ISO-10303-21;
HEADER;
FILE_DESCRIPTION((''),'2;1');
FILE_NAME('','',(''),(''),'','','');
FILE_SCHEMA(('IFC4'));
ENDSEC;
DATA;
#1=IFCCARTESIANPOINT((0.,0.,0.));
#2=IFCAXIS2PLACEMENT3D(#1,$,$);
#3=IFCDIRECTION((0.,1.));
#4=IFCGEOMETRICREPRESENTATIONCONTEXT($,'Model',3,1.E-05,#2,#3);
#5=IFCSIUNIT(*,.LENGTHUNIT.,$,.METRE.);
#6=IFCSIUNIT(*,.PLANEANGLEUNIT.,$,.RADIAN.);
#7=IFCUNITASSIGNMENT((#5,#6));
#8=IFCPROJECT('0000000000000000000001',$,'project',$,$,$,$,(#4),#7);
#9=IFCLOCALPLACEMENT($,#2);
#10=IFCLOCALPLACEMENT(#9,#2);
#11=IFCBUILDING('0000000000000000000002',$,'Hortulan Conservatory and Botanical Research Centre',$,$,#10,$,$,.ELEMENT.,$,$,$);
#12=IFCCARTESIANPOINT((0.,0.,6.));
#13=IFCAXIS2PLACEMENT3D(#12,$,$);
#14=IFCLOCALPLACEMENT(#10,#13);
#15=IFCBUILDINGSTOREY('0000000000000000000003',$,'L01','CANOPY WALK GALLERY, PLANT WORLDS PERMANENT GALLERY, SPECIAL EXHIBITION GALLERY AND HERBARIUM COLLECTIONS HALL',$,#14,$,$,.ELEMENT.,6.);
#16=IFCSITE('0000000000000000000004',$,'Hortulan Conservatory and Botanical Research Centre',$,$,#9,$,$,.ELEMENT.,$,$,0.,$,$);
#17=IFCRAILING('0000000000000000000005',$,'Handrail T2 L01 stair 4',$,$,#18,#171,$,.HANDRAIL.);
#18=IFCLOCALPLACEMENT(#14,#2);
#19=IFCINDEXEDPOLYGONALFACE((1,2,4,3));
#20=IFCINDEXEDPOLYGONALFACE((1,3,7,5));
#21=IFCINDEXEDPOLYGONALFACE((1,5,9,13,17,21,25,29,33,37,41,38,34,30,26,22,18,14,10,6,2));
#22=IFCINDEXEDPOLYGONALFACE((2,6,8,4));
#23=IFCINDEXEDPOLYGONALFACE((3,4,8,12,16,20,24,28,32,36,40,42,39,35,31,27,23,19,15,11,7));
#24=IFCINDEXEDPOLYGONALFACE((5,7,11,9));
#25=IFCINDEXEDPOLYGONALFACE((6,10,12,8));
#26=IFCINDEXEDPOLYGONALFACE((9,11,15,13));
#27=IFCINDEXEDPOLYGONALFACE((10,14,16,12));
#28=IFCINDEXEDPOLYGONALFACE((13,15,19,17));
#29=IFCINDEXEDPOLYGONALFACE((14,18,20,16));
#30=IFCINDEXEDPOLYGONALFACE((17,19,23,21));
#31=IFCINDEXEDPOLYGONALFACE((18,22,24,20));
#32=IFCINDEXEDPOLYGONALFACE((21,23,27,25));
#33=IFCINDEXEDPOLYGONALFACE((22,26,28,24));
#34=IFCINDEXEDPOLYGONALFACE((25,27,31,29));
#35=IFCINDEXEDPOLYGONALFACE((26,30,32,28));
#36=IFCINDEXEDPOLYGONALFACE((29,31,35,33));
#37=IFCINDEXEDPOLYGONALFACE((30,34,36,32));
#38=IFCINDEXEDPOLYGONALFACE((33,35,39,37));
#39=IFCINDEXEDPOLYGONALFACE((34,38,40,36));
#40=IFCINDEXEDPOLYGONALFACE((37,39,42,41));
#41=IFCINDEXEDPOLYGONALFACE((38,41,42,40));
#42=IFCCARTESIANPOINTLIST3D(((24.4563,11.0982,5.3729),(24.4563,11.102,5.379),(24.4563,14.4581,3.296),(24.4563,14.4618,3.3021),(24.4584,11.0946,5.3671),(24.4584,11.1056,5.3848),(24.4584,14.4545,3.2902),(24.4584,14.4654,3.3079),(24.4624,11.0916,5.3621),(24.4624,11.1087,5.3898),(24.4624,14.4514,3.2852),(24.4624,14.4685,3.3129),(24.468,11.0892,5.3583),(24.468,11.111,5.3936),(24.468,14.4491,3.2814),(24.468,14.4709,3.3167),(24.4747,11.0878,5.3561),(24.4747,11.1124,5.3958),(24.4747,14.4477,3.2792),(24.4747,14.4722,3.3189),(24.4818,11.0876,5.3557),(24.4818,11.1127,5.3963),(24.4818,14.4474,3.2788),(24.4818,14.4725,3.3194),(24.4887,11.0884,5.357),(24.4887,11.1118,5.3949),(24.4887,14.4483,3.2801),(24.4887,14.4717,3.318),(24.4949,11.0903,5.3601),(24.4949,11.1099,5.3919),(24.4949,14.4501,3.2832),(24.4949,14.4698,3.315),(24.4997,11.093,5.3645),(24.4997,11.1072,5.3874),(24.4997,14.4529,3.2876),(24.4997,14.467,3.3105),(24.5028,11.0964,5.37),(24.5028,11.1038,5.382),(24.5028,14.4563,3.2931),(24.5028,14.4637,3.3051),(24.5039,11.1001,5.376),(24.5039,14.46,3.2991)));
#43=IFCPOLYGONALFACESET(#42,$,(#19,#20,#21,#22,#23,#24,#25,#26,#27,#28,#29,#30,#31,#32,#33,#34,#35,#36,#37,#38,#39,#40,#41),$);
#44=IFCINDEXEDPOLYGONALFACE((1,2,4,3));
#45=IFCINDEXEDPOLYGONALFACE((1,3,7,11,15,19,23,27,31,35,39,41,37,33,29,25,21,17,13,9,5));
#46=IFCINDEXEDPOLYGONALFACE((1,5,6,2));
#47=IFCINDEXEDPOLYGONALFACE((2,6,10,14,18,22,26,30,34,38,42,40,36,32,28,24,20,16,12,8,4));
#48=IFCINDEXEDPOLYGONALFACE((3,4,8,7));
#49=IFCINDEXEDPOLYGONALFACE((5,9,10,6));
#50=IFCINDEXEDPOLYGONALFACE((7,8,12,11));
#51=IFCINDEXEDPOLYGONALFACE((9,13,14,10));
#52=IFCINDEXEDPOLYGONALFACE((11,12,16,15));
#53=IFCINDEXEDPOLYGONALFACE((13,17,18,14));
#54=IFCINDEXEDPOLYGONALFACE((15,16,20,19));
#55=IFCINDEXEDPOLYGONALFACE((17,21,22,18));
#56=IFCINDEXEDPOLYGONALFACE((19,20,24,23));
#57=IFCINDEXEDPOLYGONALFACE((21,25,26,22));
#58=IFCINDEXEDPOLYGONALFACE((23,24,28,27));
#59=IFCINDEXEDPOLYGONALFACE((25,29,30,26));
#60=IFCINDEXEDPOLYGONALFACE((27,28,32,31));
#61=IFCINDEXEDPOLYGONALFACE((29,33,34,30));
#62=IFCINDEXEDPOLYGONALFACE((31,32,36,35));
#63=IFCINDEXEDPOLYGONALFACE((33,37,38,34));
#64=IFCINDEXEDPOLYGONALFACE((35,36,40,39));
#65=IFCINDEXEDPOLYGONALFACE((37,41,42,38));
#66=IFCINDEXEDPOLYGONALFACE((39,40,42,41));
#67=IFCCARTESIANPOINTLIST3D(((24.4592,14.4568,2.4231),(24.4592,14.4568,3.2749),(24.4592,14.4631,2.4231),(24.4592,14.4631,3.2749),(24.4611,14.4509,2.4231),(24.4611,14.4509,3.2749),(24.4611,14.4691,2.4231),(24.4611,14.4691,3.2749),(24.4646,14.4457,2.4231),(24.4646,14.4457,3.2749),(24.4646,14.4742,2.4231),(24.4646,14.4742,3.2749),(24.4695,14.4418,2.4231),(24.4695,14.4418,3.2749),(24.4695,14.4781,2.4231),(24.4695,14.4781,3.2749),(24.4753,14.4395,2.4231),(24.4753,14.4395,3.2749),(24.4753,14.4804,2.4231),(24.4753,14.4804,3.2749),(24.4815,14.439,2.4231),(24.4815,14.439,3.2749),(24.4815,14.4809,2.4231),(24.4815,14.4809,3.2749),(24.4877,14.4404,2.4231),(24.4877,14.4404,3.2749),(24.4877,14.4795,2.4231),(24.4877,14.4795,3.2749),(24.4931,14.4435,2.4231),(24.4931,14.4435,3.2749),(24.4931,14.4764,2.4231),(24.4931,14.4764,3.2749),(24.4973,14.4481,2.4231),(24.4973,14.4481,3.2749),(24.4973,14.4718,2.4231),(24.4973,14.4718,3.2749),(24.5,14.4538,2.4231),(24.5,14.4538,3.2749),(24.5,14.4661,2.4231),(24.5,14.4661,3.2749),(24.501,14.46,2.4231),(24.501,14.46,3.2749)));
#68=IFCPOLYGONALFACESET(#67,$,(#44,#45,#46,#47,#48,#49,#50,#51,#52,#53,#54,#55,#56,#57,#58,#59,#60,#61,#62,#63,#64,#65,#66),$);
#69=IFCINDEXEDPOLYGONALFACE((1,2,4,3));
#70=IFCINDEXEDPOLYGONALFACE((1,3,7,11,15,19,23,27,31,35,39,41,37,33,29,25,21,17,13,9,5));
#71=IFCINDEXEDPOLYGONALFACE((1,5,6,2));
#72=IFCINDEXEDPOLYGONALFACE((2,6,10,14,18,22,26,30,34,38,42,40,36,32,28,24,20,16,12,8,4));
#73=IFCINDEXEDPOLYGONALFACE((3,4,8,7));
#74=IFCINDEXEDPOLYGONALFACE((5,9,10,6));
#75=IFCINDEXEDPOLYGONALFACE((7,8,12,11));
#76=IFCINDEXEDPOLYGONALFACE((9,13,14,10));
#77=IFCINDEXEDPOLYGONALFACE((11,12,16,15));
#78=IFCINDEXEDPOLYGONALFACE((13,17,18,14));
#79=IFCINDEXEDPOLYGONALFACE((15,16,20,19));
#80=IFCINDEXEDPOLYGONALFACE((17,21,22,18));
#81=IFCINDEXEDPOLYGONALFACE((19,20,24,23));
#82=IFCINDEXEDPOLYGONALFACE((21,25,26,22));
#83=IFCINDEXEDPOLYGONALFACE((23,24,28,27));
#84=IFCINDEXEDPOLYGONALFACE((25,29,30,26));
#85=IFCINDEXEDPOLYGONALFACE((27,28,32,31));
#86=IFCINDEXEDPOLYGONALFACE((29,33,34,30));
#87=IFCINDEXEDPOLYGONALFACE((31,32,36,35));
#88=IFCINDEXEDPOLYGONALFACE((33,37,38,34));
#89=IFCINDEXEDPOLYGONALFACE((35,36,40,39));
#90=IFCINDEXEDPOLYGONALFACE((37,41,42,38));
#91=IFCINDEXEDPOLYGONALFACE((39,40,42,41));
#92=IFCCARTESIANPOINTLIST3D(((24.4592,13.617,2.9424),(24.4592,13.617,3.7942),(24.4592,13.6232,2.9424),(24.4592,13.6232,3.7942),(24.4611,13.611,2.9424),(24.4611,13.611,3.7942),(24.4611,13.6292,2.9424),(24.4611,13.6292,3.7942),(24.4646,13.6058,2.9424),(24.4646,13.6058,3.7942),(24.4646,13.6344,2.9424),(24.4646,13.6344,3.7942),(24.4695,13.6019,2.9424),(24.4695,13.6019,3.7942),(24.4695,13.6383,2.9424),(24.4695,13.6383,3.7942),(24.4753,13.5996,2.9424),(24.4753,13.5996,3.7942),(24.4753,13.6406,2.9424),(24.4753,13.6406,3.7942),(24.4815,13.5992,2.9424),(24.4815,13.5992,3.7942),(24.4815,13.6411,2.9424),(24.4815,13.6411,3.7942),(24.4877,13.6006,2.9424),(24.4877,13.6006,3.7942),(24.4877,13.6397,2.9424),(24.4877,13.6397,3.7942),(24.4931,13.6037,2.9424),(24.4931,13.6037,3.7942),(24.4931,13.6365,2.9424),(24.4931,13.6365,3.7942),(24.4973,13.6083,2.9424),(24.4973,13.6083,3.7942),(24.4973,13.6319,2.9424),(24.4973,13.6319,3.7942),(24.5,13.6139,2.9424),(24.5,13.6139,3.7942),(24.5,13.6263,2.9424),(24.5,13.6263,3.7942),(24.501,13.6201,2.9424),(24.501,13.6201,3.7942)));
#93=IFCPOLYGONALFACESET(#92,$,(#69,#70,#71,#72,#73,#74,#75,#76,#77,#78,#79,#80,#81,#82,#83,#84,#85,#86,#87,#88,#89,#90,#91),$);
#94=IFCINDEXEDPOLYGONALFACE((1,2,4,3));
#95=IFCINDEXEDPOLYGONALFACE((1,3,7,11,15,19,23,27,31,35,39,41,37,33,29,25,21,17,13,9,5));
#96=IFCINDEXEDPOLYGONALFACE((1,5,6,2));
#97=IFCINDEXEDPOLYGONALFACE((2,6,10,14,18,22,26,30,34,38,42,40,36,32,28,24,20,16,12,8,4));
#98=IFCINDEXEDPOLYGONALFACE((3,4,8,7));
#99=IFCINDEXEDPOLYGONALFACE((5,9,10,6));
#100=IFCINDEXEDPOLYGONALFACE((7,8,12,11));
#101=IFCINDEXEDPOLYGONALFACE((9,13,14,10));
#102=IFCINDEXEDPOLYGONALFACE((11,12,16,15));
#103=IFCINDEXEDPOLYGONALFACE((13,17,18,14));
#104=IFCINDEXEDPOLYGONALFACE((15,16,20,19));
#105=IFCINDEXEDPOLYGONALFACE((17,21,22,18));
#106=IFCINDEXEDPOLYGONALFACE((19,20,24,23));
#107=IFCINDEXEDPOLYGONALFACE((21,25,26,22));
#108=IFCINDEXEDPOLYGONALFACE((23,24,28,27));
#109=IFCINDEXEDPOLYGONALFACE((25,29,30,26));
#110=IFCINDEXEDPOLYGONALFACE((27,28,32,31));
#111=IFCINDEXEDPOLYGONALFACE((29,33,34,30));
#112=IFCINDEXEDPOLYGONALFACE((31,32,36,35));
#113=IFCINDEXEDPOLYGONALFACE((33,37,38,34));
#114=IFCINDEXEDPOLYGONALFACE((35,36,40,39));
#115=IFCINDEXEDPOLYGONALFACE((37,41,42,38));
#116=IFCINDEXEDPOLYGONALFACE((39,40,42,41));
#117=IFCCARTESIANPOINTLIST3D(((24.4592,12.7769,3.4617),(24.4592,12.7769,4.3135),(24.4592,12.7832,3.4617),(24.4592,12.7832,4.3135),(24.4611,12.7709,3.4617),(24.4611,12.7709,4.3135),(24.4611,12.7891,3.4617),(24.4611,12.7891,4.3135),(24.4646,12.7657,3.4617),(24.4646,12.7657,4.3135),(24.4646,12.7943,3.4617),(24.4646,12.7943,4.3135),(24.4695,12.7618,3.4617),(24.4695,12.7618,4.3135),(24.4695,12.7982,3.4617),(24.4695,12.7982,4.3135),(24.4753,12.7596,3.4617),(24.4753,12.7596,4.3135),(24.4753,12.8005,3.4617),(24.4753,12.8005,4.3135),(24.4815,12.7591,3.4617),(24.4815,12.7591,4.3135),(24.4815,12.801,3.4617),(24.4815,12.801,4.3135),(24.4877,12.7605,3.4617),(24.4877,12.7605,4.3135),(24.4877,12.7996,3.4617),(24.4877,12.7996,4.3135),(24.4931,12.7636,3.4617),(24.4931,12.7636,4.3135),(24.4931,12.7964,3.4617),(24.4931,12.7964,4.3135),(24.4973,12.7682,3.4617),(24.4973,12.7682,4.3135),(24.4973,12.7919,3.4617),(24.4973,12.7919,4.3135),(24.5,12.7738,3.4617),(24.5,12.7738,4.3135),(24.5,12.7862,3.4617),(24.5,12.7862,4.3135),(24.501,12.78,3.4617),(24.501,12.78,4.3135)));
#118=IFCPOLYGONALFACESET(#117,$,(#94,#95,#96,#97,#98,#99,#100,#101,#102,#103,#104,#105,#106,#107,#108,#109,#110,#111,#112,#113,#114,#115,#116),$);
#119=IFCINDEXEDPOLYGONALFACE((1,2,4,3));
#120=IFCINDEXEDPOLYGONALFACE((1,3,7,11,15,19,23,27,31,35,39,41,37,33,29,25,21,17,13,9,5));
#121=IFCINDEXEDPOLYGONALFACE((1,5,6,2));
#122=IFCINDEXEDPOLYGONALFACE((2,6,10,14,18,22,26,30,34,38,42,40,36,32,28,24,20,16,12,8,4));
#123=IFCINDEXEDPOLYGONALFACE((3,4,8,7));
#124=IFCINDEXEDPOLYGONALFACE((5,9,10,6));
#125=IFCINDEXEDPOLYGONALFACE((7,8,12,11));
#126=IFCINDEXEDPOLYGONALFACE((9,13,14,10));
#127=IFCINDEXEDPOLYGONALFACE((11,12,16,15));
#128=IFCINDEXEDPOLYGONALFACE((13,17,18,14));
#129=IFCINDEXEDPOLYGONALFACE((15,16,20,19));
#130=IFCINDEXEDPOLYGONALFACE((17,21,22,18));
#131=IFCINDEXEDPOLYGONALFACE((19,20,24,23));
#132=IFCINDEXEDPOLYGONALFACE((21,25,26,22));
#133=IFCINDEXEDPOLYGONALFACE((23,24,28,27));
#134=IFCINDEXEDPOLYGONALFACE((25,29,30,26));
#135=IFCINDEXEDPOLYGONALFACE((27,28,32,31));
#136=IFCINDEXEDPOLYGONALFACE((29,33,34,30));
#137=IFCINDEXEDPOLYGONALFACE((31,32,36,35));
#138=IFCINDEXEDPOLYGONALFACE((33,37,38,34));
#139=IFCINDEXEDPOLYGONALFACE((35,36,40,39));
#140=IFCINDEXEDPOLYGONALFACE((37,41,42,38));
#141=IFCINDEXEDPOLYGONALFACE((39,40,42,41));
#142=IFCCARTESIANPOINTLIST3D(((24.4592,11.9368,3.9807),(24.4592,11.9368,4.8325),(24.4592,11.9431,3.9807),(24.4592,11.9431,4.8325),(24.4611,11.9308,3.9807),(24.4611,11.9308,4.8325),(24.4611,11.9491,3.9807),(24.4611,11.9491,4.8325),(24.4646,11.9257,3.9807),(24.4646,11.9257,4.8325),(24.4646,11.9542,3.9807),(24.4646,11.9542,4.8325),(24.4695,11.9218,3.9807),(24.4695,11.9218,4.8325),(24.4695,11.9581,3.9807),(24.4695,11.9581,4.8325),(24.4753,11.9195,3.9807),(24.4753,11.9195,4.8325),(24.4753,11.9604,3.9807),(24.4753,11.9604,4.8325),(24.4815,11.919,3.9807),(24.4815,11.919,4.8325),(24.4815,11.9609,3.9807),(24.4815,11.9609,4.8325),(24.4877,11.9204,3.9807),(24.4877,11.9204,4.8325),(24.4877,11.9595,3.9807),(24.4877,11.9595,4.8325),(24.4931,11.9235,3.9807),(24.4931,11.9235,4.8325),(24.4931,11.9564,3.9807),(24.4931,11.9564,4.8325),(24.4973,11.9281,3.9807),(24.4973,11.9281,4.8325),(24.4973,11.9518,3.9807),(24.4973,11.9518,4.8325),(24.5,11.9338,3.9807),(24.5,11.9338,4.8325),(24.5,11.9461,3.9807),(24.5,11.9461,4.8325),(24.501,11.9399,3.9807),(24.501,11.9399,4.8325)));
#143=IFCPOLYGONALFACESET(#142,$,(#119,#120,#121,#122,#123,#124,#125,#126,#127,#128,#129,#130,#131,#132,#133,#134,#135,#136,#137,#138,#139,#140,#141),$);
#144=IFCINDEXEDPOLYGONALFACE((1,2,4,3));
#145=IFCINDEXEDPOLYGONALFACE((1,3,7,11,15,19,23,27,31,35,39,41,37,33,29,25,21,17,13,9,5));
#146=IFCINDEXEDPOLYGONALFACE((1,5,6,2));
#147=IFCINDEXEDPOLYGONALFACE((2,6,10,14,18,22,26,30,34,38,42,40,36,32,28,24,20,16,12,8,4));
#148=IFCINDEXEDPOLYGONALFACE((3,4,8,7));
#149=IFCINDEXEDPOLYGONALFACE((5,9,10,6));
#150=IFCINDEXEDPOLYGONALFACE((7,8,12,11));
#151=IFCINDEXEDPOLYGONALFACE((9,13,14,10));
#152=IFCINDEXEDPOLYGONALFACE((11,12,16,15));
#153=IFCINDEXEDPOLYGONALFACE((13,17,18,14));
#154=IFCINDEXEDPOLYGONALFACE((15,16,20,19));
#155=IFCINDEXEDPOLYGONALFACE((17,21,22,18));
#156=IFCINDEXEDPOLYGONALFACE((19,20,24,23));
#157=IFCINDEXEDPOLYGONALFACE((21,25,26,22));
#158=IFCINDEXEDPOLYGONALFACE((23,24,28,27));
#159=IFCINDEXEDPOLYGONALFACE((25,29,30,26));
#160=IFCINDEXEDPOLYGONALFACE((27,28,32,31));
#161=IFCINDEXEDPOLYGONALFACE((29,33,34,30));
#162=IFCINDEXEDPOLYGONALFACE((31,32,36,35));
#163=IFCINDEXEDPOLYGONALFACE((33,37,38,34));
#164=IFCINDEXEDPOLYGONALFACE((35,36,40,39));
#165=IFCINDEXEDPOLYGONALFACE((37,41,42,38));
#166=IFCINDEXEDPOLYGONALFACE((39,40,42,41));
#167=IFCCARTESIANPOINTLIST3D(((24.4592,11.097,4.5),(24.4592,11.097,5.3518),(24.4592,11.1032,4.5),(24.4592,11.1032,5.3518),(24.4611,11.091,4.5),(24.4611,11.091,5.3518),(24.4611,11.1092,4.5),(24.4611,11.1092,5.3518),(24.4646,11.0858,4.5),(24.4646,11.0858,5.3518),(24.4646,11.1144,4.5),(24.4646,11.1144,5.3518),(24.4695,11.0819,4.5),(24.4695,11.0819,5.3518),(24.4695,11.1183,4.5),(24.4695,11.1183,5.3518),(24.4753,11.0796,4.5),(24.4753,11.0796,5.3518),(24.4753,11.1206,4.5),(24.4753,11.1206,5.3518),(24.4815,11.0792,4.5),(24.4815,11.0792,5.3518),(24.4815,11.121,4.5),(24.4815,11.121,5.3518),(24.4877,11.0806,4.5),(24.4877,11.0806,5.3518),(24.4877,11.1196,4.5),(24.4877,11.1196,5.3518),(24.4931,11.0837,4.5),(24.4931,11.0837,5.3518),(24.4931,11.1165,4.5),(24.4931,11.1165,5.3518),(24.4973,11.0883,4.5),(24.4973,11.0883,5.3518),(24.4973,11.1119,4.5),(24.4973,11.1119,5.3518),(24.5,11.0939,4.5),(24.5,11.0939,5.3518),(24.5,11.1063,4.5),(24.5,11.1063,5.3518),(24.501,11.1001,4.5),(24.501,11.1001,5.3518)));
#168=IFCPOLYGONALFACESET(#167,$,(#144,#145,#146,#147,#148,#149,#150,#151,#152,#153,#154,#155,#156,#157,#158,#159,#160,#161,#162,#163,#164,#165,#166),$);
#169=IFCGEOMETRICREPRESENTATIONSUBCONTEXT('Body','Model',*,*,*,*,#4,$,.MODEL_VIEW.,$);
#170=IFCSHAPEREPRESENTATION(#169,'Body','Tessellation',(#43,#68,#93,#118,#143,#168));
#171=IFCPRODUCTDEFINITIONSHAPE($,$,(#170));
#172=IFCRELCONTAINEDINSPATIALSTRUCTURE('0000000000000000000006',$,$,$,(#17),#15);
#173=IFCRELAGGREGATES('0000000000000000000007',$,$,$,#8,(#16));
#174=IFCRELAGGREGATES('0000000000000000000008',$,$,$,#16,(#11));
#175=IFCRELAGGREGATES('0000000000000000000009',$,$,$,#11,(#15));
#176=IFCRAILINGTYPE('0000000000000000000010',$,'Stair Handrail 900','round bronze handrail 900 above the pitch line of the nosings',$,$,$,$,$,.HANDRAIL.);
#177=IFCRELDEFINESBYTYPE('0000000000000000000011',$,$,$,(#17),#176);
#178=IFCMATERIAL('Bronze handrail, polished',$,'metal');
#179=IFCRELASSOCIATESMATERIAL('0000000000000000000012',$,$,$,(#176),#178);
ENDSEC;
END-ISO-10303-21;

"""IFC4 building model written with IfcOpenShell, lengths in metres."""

from ifc_helpers import new_model, si_unit, direction, frame, origin, origin_2d, place, context, subcontext, project, spatial, circle, extrude, material, type_object, element, save


model = new_model("IFC4")

# Units and contexts
model_context = context("Model", 3, precision=1e-05, world=origin(), true_north=direction((0.0, 1.0)))
body_context = subcontext(model_context, "Body", "Model", "MODEL_VIEW")
ifc_project = project(units=[si_unit("LENGTHUNIT", "METRE"), si_unit("PLANEANGLEUNIT", "RADIAN")], contexts=[model_context])

# Site, building, storey
site_placement = place(None, origin())
site = spatial("IfcSite", under=ifc_project, at=site_placement, Name="Hortulan Conservatory and Botanical Research Centre", CompositionType="ELEMENT", RefElevation=0.0)
building_placement = place(site_placement, origin())
building = spatial("IfcBuilding", under=site, at=building_placement, Name="Hortulan Conservatory and Botanical Research Centre", CompositionType="ELEMENT")
storey_placement = place(building_placement, frame((0.0, 0.0, 6.0)))
storey = spatial("IfcBuildingStorey", under=building, at=storey_placement, Name="L01", Description="CANOPY WALK GALLERY, PLANT WORLDS PERMANENT GALLERY, SPECIAL EXHIBITION GALLERY AND HERBARIUM COLLECTIONS HALL", CompositionType="ELEMENT", Elevation=6.0)

# Railing
ifc_material_1 = material(Name="Bronze handrail, polished", Category="metal")
railing_type_1 = type_object("IfcRailingType", Name="Stair Handrail 900", Description="round bronze handrail 900 above the pitch line of the nosings", PredefinedType="HANDRAIL", material=ifc_material_1)
railing_1_placement = place(storey_placement, frame((24.48, 14.46, 2.4231)))
element("IfcRailing", 1, at=railing_1_placement, inside=storey, type_object=railing_type_1, Name="Handrail T2 L01 stair 4", PredefinedType="HANDRAIL", context=body_context, shape_type="SweptSolid", body=[
    extrude(circle(Radius=0.0239, at=origin_2d()), frame((0.0, 0.0, 0.876), z_axis=(0.0, -0.850606, 0.525803), x_axis=(1.0, 0.0, 0.0)), (0.0, 0.0, 1.0), 3.95),
    extrude(circle(Radius=0.021, at=origin_2d()), origin(), (0.0, 0.0, 1.0), 0.8518),
    extrude(circle(Radius=0.021, at=origin_2d()), frame((0.0, -0.8398, 0.5193)), (0.0, 0.0, 1.0), 0.8518),
    extrude(circle(Radius=0.021, at=origin_2d()), frame((0.0, -1.6799, 1.0386)), (0.0, 0.0, 1.0), 0.8518),
    extrude(circle(Radius=0.021, at=origin_2d()), frame((0.0, -2.52, 1.5576)), (0.0, 0.0, 1.0), 0.8518),
    extrude(circle(Radius=0.021, at=origin_2d()), frame((0.0, -3.3599, 2.0769)), (0.0, 0.0, 1.0), 0.8518),
])

save(model, "model.ifc")
